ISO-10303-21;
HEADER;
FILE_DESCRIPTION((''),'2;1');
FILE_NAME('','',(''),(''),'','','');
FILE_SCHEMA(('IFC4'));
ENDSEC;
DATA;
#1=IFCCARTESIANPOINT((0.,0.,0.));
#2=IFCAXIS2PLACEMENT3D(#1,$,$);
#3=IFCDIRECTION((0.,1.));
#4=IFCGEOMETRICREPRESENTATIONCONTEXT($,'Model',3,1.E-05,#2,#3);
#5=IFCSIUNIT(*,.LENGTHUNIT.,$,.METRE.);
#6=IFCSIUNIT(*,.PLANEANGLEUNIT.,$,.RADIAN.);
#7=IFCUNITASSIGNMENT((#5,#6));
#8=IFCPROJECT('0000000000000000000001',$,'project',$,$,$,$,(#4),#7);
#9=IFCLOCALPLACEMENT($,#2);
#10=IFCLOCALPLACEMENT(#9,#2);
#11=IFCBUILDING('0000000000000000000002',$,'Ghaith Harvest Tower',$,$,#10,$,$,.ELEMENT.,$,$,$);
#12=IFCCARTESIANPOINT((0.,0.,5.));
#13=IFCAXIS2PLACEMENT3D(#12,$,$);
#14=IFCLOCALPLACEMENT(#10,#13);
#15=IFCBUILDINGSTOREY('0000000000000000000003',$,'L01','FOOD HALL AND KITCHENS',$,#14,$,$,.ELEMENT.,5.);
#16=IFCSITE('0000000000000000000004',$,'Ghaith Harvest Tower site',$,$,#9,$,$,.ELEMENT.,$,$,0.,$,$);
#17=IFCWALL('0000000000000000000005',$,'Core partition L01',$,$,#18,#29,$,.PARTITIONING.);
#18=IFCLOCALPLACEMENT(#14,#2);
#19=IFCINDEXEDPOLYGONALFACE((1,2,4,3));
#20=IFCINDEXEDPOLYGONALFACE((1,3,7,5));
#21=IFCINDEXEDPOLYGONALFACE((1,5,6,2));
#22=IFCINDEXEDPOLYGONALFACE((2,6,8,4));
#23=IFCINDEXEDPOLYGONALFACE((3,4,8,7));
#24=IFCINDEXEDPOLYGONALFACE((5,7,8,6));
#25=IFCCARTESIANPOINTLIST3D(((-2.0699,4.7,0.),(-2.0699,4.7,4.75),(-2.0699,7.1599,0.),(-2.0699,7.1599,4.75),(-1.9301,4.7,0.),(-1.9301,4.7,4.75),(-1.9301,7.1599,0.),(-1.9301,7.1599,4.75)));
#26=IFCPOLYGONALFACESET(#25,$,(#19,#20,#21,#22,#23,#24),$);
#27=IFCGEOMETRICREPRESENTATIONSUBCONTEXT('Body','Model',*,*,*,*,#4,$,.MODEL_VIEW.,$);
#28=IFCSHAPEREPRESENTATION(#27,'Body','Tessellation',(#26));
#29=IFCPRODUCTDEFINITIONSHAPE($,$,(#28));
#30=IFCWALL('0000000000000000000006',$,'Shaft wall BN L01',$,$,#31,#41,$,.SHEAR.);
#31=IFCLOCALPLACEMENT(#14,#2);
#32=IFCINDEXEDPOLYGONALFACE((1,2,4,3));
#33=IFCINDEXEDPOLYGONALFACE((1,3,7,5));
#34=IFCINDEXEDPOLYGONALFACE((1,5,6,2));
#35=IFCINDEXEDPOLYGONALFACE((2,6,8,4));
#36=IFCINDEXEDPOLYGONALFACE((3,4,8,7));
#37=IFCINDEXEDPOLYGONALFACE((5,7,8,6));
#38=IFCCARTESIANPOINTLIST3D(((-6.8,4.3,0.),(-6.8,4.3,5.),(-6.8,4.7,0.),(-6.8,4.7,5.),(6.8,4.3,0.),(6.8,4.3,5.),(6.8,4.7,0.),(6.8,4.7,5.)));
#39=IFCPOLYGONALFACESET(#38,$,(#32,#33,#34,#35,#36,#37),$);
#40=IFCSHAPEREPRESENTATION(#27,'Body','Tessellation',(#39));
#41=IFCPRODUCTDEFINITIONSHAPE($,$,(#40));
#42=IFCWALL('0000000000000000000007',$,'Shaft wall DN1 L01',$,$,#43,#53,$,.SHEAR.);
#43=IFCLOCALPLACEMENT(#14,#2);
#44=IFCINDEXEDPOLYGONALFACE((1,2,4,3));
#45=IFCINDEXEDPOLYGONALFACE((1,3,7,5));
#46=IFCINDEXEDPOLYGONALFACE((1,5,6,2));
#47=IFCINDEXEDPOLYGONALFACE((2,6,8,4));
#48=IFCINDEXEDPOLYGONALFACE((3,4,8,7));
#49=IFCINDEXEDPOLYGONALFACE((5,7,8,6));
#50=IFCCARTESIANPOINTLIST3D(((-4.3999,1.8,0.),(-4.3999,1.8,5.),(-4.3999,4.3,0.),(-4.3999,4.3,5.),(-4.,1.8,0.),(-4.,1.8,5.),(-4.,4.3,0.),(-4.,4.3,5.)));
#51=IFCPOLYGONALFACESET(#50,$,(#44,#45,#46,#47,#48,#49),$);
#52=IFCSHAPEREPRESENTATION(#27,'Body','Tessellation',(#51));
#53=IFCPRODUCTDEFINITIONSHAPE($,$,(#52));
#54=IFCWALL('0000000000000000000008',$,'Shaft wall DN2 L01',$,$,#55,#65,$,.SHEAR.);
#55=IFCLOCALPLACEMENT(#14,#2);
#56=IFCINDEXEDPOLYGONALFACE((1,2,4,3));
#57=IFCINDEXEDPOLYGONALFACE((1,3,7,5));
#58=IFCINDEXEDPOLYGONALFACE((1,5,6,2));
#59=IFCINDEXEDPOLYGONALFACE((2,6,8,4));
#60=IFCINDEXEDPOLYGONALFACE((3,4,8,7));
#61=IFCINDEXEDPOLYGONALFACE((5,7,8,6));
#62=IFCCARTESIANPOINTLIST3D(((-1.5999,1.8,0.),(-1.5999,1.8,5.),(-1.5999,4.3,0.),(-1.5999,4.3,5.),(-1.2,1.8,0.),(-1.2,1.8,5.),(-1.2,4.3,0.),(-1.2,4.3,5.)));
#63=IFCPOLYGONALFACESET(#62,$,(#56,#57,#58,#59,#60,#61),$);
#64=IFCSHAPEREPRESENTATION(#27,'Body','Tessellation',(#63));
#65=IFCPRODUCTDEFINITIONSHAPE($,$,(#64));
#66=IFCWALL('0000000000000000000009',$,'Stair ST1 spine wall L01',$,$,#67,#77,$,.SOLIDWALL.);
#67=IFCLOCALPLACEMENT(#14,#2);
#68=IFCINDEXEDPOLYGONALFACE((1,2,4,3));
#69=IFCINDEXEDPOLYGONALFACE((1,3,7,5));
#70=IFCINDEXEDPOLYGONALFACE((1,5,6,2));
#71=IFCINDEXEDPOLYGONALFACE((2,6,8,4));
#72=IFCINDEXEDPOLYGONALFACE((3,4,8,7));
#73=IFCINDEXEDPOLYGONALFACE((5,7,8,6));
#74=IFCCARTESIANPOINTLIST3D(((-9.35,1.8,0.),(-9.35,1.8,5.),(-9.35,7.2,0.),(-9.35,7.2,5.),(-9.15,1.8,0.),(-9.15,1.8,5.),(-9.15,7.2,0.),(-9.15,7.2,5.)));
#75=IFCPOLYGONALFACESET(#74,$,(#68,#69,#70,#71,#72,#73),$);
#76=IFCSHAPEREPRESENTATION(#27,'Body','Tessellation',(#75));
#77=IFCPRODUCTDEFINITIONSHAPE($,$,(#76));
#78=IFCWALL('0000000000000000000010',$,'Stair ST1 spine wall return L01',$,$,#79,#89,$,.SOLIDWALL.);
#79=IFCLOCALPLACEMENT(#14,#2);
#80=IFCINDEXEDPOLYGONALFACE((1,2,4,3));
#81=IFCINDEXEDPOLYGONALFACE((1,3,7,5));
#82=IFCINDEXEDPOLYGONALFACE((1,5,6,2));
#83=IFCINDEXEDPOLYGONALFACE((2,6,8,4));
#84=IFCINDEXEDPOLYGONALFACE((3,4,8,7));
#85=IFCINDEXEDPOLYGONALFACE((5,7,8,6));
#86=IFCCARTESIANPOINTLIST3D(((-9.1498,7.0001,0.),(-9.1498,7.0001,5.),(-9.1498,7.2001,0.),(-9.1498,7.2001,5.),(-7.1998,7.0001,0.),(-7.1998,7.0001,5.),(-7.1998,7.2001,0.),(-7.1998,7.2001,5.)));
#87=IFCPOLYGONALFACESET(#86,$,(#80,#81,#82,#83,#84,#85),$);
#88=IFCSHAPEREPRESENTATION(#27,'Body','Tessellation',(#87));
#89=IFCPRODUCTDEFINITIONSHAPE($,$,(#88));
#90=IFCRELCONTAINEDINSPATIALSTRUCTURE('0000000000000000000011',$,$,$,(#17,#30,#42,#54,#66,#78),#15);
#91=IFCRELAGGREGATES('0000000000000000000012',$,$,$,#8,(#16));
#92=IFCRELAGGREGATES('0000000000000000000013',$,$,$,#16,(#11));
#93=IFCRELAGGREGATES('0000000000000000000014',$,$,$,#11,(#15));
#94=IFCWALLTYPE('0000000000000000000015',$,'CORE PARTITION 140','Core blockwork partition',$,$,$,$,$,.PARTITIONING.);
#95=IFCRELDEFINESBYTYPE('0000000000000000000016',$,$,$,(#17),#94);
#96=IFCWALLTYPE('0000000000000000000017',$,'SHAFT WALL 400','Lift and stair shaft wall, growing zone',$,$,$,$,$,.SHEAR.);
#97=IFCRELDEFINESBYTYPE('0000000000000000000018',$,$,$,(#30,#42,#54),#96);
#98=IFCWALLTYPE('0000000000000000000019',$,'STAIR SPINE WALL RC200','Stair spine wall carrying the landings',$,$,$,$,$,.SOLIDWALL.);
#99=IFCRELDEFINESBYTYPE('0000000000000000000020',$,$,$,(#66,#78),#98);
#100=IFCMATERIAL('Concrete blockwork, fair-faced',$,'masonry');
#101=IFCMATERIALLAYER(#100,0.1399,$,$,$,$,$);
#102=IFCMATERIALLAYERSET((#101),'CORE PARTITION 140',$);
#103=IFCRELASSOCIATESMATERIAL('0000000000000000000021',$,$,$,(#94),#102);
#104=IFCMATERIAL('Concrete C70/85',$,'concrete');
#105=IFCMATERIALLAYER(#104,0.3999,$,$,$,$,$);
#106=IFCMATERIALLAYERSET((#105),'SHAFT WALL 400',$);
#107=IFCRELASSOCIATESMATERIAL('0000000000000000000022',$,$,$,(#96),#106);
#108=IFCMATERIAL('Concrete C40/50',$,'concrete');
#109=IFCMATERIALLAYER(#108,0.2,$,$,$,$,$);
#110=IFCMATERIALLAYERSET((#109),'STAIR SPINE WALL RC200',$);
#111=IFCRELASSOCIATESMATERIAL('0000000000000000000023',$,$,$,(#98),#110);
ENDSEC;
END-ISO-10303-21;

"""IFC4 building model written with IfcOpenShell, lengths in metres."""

from ifc_helpers import new_model, si_unit, direction, frame, frame_2d, origin, place, context, subcontext, project, spatial, rectangle, extrude, material, layer, layer_set, type_object, element, save


model = new_model("IFC4")

# Units and contexts
model_context = context("Model", 3, precision=1e-05, world=origin(), true_north=direction((0.0, 1.0)))
body_context = subcontext(model_context, "Body", "Model", "MODEL_VIEW")
ifc_project = project(units=[si_unit("LENGTHUNIT", "METRE"), si_unit("PLANEANGLEUNIT", "RADIAN")], contexts=[model_context])

# Site, building, storey
site_placement = place(None, origin())
site = spatial("IfcSite", under=ifc_project, at=site_placement, Name="Ghaith Harvest Tower site", CompositionType="ELEMENT", RefElevation=0.0)
building_placement = place(site_placement, origin())
building = spatial("IfcBuilding", under=site, at=building_placement, Name="Ghaith Harvest Tower", CompositionType="ELEMENT")
storey_placement = place(building_placement, frame((0.0, 0.0, 5.0)))
storey = spatial("IfcBuildingStorey", under=building, at=storey_placement, Name="L01", Description="FOOD HALL AND KITCHENS", CompositionType="ELEMENT", Elevation=5.0)

# Shared definitions
ifc_material_1 = material(Name="Concrete blockwork, fair-faced", Category="masonry")
ifc_layer_1 = layer(ifc_material_1, 0.1399)
ifc_layer_set_1 = layer_set([ifc_layer_1], Name="CORE PARTITION 140")
wall_type_1 = type_object("IfcWallType", Name="CORE PARTITION 140", Description="Core blockwork partition", PredefinedType="PARTITIONING", material=ifc_layer_set_1)

# Wall
wall_1_placement = place(storey_placement, frame((-2.0, 4.7, 0.0), z_axis=(0.0, 0.0, 1.0), x_axis=(0.0, 1.0, 0.0)))
element("IfcWall", 1, at=wall_1_placement, inside=storey, type_object=wall_type_1, Name="Core partition L01", PredefinedType="PARTITIONING", context=body_context, shape_type="SweptSolid", body=[
    extrude(rectangle(XDim=2.46, YDim=0.1399, at=frame_2d((1.23, 0.0))), origin(), (0.0, 0.0, 1.0), 4.75),
])

# Shared definitions
ifc_material_2 = material(Name="Concrete C70/85", Category="concrete")
ifc_layer_2 = layer(ifc_material_2, 0.3999)
ifc_layer_set_2 = layer_set([ifc_layer_2], Name="SHAFT WALL 400")
wall_type_2 = type_object("IfcWallType", Name="SHAFT WALL 400", Description="Lift and stair shaft wall, growing zone", PredefinedType="SHEAR", material=ifc_layer_set_2)

# Walls
wall_2_placement = place(storey_placement, frame((-6.8, 4.5, 0.0), z_axis=(0.0, 0.0, 1.0), x_axis=(1.0, 0.0, 0.0)))
element("IfcWall", 2, at=wall_2_placement, inside=storey, type_object=wall_type_2, Name="Shaft wall BN L01", PredefinedType="SHEAR", context=body_context, shape_type="SweptSolid", body=[
    extrude(rectangle(XDim=13.6001, YDim=0.3999, at=frame_2d((6.8, 0.0))), origin(), (0.0, 0.0, 1.0), 5.0),
])
for number, where, z_axis, x_axis, name in (
    (3, (-4.2, 1.8, 0.0), (0.0, 0.0, 1.0), (0.0, 1.0, 0.0), "Shaft wall DN1 L01"),
    (4, (-1.3999, 1.8, 0.0), (0.0, 0.0, 1.0), (0.0, 1.0, 0.0), "Shaft wall DN2 L01"),
):
    element("IfcWall", number, at=place(storey_placement, frame(where, z_axis=z_axis, x_axis=x_axis)), inside=storey, type_object=wall_type_2, Name=name, PredefinedType="SHEAR", context=body_context, shape_type="SweptSolid", body=[
        extrude(rectangle(XDim=2.5, YDim=0.3999, at=frame_2d((1.25, 0.0))), origin(), (0.0, 0.0, 1.0), 5.0),
    ])
ifc_material_3 = material(Name="Concrete C40/50", Category="concrete")
ifc_layer_3 = layer(ifc_material_3, 0.2)
ifc_layer_set_3 = layer_set([ifc_layer_3], Name="STAIR SPINE WALL RC200")
wall_type_3 = type_object("IfcWallType", Name="STAIR SPINE WALL RC200", Description="Stair spine wall carrying the landings", PredefinedType="SOLIDWALL", material=ifc_layer_set_3)
wall_3_placement = place(storey_placement, frame((-9.25, 7.2, 0.0), z_axis=(0.0, 0.0, 1.0), x_axis=(0.0, -1.0, 0.0)))
element("IfcWall", 5, at=wall_3_placement, inside=storey, type_object=wall_type_3, Name="Stair ST1 spine wall L01", PredefinedType="SOLIDWALL", context=body_context, shape_type="SweptSolid", body=[
    extrude(rectangle(XDim=5.3999, YDim=0.2, at=frame_2d((2.7, 0.0))), origin(), (0.0, 0.0, 1.0), 5.0),
])
wall_4_placement = place(storey_placement, frame((-9.1499, 7.1001, 0.0), z_axis=(0.0, 0.0, 1.0), x_axis=(1.0, 0.0, 0.0)))
element("IfcWall", 6, at=wall_4_placement, inside=storey, type_object=wall_type_3, Name="Stair ST1 spine wall return L01", PredefinedType="SOLIDWALL", context=body_context, shape_type="SweptSolid", body=[
    extrude(rectangle(XDim=1.95, YDim=0.2, at=frame_2d((0.9751, 0.0))), origin(), (0.0, 0.0, 1.0), 5.0),
])

save(model, "model.ifc")
